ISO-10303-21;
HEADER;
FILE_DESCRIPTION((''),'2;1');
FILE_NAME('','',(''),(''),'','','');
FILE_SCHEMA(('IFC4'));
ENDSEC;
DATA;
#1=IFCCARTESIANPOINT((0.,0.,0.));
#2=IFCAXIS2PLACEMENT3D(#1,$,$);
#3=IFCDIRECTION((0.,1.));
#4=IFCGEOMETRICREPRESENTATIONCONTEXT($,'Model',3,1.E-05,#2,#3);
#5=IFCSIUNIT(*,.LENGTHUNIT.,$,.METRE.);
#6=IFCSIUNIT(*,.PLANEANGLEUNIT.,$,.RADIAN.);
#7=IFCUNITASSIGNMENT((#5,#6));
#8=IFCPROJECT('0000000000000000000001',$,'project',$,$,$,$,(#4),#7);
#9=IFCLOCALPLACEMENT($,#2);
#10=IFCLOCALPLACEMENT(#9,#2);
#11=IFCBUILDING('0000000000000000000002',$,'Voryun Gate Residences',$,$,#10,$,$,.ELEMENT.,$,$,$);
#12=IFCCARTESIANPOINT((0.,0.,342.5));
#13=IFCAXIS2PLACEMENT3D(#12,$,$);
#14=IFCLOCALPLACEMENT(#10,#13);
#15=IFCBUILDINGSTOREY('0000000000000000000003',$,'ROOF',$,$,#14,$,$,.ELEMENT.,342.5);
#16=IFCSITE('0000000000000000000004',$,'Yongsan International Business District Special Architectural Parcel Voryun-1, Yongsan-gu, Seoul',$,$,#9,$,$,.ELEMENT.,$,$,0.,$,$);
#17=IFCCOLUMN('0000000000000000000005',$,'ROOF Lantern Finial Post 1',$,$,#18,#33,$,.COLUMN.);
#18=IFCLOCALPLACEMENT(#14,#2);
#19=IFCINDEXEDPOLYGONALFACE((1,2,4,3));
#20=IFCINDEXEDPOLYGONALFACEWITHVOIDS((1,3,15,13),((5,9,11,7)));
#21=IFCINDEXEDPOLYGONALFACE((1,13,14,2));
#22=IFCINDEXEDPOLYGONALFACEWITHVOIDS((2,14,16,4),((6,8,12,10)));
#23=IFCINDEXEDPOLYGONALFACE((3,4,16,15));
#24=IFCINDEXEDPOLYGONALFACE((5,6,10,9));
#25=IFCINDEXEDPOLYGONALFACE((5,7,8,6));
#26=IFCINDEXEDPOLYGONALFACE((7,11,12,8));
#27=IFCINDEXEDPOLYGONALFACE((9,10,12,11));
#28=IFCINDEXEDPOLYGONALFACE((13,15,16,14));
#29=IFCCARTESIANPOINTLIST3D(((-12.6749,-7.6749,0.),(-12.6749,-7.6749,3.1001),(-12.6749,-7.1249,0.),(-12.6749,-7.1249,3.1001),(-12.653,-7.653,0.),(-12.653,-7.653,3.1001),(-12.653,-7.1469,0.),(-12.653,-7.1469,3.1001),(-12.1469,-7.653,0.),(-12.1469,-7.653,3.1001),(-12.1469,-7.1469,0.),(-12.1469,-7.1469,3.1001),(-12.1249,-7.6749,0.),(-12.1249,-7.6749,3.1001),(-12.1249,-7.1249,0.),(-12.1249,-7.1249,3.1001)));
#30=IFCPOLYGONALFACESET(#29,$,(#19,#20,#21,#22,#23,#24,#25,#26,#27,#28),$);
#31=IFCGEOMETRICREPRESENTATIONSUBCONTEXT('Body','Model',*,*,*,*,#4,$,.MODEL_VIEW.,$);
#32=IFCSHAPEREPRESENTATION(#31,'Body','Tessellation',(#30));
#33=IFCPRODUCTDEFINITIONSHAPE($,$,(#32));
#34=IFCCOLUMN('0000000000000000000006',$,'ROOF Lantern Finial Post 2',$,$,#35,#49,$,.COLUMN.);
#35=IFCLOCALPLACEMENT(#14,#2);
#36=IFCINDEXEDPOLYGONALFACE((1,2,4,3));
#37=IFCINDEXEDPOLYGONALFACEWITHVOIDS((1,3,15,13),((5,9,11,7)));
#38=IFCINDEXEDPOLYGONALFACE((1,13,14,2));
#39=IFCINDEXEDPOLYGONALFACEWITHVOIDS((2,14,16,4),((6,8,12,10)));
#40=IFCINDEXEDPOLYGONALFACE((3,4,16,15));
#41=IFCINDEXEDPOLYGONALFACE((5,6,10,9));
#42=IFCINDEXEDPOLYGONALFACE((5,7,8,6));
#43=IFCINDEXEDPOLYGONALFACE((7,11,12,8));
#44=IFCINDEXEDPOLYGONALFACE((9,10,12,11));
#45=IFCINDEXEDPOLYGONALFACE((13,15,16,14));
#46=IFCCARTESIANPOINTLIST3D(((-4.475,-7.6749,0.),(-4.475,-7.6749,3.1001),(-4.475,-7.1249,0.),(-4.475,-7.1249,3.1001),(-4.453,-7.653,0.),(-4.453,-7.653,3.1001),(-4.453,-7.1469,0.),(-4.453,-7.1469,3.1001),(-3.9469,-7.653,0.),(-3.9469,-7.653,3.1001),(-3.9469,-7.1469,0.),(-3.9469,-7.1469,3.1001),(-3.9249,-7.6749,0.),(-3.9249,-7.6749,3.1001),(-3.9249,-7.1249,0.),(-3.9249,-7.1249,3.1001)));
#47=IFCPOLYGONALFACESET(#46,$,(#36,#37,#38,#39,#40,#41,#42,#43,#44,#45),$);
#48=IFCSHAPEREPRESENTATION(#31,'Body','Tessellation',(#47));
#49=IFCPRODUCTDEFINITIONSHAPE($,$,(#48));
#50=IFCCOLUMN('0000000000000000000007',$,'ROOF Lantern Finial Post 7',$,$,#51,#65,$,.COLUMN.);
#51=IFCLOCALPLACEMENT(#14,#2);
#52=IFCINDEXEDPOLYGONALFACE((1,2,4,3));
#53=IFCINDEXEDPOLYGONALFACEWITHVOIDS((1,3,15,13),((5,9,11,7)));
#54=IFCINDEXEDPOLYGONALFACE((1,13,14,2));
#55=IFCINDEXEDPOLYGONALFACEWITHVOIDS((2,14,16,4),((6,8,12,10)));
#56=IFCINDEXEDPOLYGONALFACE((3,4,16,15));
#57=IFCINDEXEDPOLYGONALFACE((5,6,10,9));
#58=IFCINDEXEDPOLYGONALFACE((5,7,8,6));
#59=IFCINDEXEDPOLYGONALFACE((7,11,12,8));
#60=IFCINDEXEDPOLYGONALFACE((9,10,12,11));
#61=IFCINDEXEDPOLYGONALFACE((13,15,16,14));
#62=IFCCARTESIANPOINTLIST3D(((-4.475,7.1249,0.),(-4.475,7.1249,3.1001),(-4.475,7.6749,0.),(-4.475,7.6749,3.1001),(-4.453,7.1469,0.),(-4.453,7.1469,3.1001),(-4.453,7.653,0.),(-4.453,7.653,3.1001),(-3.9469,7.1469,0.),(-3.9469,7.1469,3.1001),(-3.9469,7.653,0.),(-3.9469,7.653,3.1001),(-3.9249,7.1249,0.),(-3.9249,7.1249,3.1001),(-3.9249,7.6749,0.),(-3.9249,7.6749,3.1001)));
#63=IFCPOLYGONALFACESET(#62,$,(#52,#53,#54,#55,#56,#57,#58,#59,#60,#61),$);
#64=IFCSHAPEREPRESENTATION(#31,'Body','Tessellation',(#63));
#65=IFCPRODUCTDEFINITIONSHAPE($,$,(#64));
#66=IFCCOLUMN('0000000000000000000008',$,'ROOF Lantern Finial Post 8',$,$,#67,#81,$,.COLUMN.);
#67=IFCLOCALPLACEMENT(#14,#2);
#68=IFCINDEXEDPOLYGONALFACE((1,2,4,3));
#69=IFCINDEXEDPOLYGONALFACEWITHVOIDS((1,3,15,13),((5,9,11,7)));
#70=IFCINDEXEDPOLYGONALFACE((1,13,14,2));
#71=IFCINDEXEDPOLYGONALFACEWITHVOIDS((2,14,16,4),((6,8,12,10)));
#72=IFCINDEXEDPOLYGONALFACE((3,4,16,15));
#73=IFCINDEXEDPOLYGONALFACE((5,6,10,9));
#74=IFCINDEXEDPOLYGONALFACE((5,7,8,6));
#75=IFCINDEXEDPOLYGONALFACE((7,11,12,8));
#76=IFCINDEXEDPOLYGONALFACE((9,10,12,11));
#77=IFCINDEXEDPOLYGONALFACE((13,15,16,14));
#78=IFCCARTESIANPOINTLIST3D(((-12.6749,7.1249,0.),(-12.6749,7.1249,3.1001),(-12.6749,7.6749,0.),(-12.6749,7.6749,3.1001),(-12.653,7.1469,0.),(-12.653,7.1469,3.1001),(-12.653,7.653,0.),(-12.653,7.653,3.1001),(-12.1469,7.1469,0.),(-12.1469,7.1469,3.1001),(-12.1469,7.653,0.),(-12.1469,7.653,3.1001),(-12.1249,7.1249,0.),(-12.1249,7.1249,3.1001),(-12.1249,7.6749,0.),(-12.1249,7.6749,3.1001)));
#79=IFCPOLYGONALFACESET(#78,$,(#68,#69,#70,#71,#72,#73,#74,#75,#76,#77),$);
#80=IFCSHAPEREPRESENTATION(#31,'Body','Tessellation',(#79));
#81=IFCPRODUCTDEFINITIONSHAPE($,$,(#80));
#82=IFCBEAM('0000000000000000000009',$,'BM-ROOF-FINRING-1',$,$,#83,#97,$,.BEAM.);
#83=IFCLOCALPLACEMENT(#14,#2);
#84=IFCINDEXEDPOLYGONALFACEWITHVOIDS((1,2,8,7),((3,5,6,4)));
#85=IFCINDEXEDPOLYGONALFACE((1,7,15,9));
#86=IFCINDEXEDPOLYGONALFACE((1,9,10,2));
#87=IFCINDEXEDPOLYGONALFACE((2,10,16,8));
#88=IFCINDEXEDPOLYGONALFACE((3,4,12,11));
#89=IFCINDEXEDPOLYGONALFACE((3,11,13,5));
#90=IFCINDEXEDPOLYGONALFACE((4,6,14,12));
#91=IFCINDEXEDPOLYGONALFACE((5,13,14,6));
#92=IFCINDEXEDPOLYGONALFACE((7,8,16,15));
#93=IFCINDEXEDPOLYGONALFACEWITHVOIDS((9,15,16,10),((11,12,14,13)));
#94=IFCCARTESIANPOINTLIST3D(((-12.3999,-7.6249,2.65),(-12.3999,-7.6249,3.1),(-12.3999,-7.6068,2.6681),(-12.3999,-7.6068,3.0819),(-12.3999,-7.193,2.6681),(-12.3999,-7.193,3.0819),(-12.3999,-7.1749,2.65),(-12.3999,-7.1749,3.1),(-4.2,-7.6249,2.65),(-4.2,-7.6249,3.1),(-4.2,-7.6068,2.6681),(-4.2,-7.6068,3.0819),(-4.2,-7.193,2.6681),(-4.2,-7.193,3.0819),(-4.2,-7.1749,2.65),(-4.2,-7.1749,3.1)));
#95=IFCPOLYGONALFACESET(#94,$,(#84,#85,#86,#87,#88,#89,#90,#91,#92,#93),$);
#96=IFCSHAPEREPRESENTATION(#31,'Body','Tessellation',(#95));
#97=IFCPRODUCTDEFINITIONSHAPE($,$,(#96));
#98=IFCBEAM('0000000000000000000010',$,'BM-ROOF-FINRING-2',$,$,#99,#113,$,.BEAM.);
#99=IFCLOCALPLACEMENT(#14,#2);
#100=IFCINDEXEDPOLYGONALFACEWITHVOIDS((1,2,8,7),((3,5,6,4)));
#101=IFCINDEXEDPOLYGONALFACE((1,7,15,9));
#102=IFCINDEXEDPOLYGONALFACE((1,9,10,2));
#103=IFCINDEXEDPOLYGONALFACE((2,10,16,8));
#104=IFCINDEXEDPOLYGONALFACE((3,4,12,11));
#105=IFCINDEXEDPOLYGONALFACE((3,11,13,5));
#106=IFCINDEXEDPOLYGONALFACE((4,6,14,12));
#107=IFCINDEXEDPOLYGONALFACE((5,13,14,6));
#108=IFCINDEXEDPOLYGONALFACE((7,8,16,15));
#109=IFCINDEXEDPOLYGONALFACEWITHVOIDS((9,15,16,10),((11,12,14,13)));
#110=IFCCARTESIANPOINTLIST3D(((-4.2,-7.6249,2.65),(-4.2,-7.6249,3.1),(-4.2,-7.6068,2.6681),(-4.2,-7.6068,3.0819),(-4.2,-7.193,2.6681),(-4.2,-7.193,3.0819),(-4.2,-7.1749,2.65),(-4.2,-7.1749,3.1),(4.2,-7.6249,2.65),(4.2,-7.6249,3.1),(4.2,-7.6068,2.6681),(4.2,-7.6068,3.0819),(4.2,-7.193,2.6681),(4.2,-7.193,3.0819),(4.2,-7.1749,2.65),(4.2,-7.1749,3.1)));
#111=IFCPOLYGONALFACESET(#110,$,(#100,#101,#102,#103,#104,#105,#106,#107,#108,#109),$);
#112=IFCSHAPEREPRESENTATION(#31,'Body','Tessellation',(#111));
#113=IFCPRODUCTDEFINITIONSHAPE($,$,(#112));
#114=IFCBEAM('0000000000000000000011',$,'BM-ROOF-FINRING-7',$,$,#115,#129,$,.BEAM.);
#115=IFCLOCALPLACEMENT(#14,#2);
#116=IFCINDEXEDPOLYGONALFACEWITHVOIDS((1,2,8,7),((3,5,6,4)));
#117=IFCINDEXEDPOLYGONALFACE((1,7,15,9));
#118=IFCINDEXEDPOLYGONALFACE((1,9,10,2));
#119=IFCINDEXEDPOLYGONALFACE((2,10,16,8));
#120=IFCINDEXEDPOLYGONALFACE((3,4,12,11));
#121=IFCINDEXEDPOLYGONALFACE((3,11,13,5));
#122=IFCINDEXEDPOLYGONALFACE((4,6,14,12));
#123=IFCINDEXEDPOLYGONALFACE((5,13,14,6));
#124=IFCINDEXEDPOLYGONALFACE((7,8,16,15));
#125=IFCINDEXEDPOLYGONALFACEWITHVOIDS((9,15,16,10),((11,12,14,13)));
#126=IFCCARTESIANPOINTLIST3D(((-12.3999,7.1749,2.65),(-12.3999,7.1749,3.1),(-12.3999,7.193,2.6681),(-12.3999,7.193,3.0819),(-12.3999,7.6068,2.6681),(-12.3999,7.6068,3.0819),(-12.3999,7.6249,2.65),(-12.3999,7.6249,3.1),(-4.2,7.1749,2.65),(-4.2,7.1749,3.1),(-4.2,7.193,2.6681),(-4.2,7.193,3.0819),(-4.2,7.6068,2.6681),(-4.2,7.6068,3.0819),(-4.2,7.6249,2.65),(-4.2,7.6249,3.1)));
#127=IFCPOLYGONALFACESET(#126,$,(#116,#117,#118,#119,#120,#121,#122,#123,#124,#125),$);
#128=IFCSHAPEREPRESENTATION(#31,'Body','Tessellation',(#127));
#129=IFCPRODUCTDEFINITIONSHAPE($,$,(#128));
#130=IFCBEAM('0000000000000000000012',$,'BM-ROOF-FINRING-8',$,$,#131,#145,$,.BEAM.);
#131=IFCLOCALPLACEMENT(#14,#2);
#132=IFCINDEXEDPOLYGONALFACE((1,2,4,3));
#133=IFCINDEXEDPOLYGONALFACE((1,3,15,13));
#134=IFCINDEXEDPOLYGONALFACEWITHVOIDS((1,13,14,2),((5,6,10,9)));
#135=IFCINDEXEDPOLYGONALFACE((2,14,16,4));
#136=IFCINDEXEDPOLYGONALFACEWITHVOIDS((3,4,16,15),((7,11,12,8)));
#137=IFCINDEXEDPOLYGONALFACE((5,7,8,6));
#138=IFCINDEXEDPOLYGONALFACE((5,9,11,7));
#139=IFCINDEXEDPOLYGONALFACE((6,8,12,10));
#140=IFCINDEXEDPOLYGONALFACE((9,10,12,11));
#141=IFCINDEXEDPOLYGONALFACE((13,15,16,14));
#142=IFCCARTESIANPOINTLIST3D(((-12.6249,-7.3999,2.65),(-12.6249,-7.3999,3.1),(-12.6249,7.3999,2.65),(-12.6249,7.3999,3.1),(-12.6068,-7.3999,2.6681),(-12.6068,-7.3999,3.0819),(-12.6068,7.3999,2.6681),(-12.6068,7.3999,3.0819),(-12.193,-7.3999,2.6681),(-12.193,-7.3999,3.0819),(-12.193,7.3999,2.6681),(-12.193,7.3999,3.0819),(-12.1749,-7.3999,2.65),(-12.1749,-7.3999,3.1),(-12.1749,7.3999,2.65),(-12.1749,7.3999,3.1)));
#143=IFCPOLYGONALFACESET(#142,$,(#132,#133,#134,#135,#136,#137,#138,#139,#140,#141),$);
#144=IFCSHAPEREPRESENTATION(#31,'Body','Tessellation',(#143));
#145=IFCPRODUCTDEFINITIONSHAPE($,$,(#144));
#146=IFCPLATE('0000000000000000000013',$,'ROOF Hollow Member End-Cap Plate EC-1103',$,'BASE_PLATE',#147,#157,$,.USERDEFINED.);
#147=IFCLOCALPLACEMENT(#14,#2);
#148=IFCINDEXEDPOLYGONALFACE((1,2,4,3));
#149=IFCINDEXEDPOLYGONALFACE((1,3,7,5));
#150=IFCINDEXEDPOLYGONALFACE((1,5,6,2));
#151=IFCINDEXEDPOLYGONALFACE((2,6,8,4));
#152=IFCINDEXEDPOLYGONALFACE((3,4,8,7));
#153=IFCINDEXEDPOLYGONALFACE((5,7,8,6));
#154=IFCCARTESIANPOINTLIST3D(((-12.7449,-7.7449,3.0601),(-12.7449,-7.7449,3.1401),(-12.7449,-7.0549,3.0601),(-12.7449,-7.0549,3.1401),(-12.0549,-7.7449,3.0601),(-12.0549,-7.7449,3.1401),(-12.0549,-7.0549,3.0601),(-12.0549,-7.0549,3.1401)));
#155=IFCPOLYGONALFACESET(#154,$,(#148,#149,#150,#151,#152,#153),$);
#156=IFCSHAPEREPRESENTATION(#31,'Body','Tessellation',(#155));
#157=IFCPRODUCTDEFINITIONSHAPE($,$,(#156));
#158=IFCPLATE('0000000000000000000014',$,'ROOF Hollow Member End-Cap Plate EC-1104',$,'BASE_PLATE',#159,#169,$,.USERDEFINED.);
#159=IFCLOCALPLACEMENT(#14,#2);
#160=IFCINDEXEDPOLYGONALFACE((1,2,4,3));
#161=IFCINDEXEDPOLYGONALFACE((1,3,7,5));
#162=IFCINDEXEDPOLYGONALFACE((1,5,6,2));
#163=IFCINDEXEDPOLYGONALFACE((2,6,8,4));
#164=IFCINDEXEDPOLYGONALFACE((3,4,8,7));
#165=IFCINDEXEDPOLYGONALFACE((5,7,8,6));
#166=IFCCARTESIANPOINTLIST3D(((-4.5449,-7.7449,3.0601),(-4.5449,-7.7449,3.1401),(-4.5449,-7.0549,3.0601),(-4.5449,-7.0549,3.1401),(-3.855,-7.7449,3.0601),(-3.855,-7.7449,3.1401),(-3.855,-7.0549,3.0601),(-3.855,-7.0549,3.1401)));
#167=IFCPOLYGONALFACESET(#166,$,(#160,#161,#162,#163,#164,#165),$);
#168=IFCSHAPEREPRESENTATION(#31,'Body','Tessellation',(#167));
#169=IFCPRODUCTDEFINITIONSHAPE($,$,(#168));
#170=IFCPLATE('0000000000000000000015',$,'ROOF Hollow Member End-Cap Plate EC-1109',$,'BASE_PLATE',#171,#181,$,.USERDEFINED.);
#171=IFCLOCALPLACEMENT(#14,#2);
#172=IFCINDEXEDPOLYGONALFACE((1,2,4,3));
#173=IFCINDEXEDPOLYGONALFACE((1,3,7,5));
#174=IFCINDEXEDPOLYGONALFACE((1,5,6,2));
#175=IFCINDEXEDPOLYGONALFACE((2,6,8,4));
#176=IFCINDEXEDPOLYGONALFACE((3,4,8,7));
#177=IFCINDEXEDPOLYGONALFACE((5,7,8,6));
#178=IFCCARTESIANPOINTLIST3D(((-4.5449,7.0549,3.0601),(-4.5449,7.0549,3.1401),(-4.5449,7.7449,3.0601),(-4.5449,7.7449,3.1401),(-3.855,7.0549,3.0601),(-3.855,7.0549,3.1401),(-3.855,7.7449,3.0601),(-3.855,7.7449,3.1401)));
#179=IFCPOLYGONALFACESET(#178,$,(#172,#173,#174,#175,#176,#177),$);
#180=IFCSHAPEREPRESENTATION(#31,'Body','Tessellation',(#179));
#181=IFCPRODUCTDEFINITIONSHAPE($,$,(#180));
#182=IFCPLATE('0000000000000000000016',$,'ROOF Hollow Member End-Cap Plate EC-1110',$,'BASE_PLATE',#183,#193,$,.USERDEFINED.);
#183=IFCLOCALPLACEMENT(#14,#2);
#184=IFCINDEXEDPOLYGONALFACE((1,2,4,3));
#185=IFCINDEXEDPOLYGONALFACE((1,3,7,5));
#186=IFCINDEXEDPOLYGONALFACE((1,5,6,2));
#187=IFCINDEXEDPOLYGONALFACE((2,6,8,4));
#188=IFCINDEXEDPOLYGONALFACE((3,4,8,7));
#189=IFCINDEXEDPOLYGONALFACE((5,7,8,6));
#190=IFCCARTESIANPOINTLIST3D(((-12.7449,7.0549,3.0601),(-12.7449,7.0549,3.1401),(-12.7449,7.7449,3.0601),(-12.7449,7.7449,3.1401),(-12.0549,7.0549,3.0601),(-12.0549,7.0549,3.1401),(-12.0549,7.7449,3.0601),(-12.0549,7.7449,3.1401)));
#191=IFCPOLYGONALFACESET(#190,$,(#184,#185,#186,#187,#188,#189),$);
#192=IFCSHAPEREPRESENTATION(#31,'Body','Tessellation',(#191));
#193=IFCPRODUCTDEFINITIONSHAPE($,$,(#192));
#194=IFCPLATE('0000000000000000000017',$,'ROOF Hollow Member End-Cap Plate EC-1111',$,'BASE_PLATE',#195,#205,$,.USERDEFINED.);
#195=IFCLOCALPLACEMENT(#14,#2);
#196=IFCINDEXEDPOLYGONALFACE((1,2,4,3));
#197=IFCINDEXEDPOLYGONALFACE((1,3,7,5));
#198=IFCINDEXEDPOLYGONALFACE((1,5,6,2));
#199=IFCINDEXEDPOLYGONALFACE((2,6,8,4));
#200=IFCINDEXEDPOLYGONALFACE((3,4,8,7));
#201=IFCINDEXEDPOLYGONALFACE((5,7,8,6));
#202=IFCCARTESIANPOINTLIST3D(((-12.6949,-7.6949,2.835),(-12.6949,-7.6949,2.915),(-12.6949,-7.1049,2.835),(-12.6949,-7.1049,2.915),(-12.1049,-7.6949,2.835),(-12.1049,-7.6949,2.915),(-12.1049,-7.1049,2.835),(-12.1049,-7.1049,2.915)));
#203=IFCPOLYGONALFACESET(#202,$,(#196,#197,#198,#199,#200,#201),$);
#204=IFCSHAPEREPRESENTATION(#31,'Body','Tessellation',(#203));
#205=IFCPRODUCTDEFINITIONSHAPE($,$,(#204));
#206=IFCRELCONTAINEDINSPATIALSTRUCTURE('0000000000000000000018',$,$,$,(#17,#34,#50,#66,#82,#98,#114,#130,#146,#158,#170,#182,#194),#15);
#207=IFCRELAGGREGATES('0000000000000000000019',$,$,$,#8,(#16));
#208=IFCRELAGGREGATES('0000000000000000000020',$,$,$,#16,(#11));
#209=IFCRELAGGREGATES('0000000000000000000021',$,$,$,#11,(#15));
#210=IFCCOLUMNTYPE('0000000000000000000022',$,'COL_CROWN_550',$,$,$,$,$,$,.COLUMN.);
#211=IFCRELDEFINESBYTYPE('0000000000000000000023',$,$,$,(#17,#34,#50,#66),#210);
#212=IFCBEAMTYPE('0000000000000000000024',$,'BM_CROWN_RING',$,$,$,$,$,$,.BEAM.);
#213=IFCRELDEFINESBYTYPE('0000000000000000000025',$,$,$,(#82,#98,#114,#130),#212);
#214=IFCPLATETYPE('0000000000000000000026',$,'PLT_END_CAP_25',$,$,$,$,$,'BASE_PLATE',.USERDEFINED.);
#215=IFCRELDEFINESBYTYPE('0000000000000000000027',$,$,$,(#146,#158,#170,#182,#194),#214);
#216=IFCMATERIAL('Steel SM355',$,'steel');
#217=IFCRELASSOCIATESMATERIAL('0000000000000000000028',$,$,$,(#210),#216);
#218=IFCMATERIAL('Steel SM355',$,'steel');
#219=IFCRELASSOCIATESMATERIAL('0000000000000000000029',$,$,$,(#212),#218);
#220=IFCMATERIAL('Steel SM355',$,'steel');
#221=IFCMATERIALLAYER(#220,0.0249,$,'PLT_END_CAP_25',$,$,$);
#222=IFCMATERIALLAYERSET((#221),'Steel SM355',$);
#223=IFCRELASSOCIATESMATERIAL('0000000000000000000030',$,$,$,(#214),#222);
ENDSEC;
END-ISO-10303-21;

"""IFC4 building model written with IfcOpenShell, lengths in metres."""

from ifc_helpers import new_model, si_unit, direction, frame, origin, origin_2d, place, context, subcontext, project, spatial, rectangle, hollow_rectangle, extrude, material, layer, layer_set, material_profile, profile_set, type_object, element, save


model = new_model("IFC4")

# Units and contexts
model_context = context("Model", 3, precision=1e-05, world=origin(), true_north=direction((0.0, 1.0)))
body_context = subcontext(model_context, "Body", "Model", "MODEL_VIEW")
ifc_project = project(units=[si_unit("LENGTHUNIT", "METRE"), si_unit("PLANEANGLEUNIT", "RADIAN")], contexts=[model_context])

# Site, building, storey
site_placement = place(None, origin())
site = spatial("IfcSite", under=ifc_project, at=site_placement, Name="Yongsan International Business District Special Architectural Parcel Voryun-1, Yongsan-gu, Seoul", CompositionType="ELEMENT", RefElevation=0.0)
building_placement = place(site_placement, origin())
building = spatial("IfcBuilding", under=site, at=building_placement, Name="Voryun Gate Residences", CompositionType="ELEMENT")
storey_placement = place(building_placement, frame((0.0, 0.0, 342.5)))
storey = spatial("IfcBuildingStorey", under=building, at=storey_placement, Name="ROOF", CompositionType="ELEMENT", Elevation=342.5)

# Columns
ifc_material_1 = material(Name="Steel SM355", Category="steel")
ifc_material_profile_1 = material_profile(ifc_material_1, hollow_rectangle(XDim=0.55, YDim=0.55, WallThickness=0.022, at=origin_2d()), Name="BOX-550x550x22")
ifc_profile_set_1 = profile_set([ifc_material_profile_1], Name="Steel SM355")
column_type = type_object("IfcColumnType", Name="COL_CROWN_550", PredefinedType="COLUMN", material=ifc_profile_set_1)
for number, where, z_axis, x_axis, name in (
    (1, (-12.3999, -7.3999, 0.0), (0.0, 0.0, 1.0), (1.0, 0.0, 0.0), "ROOF Lantern Finial Post 1"),
    (2, (-4.2, -7.3999, 0.0), (0.0, 0.0, 1.0), (1.0, 0.0, 0.0), "ROOF Lantern Finial Post 2"),
    (3, (-4.2, 7.3999, 0.0), (0.0, 0.0, 1.0), (1.0, 0.0, 0.0), "ROOF Lantern Finial Post 7"),
    (4, (-12.3999, 7.3999, 0.0), (0.0, 0.0, 1.0), (1.0, 0.0, 0.0), "ROOF Lantern Finial Post 8"),
):
    element("IfcColumn", number, at=place(storey_placement, frame(where, z_axis=z_axis, x_axis=x_axis)), inside=storey, type_object=column_type, Name=name, PredefinedType="COLUMN", context=body_context, shape_type="SweptSolid", body=[
        extrude(hollow_rectangle(XDim=0.55, YDim=0.55, WallThickness=0.022, at=origin_2d()), origin(), (0.0, 0.0, 1.0), 3.1001),
    ])

# Beams
ifc_material_2 = material(Name="Steel SM355", Category="steel")
ifc_material_profile_2 = material_profile(ifc_material_2, hollow_rectangle(XDim=0.45, YDim=0.45, WallThickness=0.0181, at=origin_2d()), Name="BOX-450x450x18")
ifc_profile_set_2 = profile_set([ifc_material_profile_2], Name="Steel SM355")
beam_type = type_object("IfcBeamType", Name="BM_CROWN_RING", PredefinedType="BEAM", material=ifc_profile_set_2)
beam_1_placement = place(storey_placement, frame((-12.3999, -7.3999, 2.875), z_axis=(1.0, 0.0, 0.0), x_axis=(0.0, 1.0, 0.0)))
element("IfcBeam", 5, at=beam_1_placement, inside=storey, type_object=beam_type, Name="BM-ROOF-FINRING-1", PredefinedType="BEAM", context=body_context, shape_type="SweptSolid", body=[
    extrude(hollow_rectangle(XDim=0.45, YDim=0.45, WallThickness=0.0181, at=origin_2d()), origin(), (0.0, 0.0, 1.0), 8.2),
])
beam_2_placement = place(storey_placement, frame((-4.2, -7.3999, 2.875), z_axis=(1.0, 0.0, 0.0), x_axis=(0.0, 1.0, 0.0)))
element("IfcBeam", 6, at=beam_2_placement, inside=storey, type_object=beam_type, Name="BM-ROOF-FINRING-2", PredefinedType="BEAM", context=body_context, shape_type="SweptSolid", body=[
    extrude(hollow_rectangle(XDim=0.45, YDim=0.45, WallThickness=0.0181, at=origin_2d()), origin(), (0.0, 0.0, 1.0), 8.3999),
])
beam_3_placement = place(storey_placement, frame((-4.2, 7.3999, 2.875), z_axis=(-1.0, 0.0, 0.0), x_axis=(0.0, -1.0, 0.0)))
element("IfcBeam", 7, at=beam_3_placement, inside=storey, type_object=beam_type, Name="BM-ROOF-FINRING-7", PredefinedType="BEAM", context=body_context, shape_type="SweptSolid", body=[
    extrude(hollow_rectangle(XDim=0.45, YDim=0.45, WallThickness=0.0181, at=origin_2d()), origin(), (0.0, 0.0, 1.0), 8.2),
])
beam_4_placement = place(storey_placement, frame((-12.3999, 7.3999, 2.875), z_axis=(0.0, -1.0, 0.0), x_axis=(1.0, 0.0, 0.0)))
element("IfcBeam", 8, at=beam_4_placement, inside=storey, type_object=beam_type, Name="BM-ROOF-FINRING-8", PredefinedType="BEAM", context=body_context, shape_type="SweptSolid", body=[
    extrude(hollow_rectangle(XDim=0.45, YDim=0.45, WallThickness=0.0181, at=origin_2d()), origin(), (0.0, 0.0, 1.0), 14.7998),
])

# Plates
ifc_material_3 = material(Name="Steel SM355", Category="steel")
ifc_layer_1 = layer(ifc_material_3, 0.0249, Name="PLT_END_CAP_25")
ifc_layer_set_1 = layer_set([ifc_layer_1], Name="Steel SM355")
plate_type = type_object("IfcPlateType", Name="PLT_END_CAP_25", ElementType="BASE_PLATE", PredefinedType="USERDEFINED", material=ifc_layer_set_1)
for number, where, z_axis, x_axis, name in (
    (9, (-12.3999, -7.3999, 3.0601), (0.0, 0.0, 1.0), (1.0, 0.0, 0.0), "ROOF Hollow Member End-Cap Plate EC-1103"),
    (10, (-4.2, -7.3999, 3.0601), (0.0, 0.0, 1.0), (1.0, 0.0, 0.0), "ROOF Hollow Member End-Cap Plate EC-1104"),
    (11, (-4.2, 7.3999, 3.0601), (0.0, 0.0, 1.0), (1.0, 0.0, 0.0), "ROOF Hollow Member End-Cap Plate EC-1109"),
    (12, (-12.3999, 7.3999, 3.0601), (0.0, 0.0, 1.0), (1.0, 0.0, 0.0), "ROOF Hollow Member End-Cap Plate EC-1110"),
):
    element("IfcPlate", number, at=place(storey_placement, frame(where, z_axis=z_axis, x_axis=x_axis)), inside=storey, type_object=plate_type, Name=name, ObjectType="BASE_PLATE", PredefinedType="USERDEFINED", context=body_context, shape_type="SweptSolid", body=[
        extrude(rectangle(XDim=0.6899, YDim=0.6899, at=origin_2d()), origin(), (0.0, 0.0, 1.0), 0.0801),
    ])
for number, where, z_axis, x_axis, name in (
    (13, (-12.3999, -7.3999, 2.835), (0.0, 0.0, 1.0), (1.0, 0.0, 0.0), "ROOF Hollow Member End-Cap Plate EC-1111"),
):
    element("IfcPlate", number, at=place(storey_placement, frame(where, z_axis=z_axis, x_axis=x_axis)), inside=storey, type_object=plate_type, Name=name, ObjectType="BASE_PLATE", PredefinedType="USERDEFINED", context=body_context, shape_type="SweptSolid", body=[
        extrude(rectangle(XDim=0.5901, YDim=0.5901, at=origin_2d()), origin(), (0.0, 0.0, 1.0), 0.0801),
    ])

save(model, "model.ifc")
